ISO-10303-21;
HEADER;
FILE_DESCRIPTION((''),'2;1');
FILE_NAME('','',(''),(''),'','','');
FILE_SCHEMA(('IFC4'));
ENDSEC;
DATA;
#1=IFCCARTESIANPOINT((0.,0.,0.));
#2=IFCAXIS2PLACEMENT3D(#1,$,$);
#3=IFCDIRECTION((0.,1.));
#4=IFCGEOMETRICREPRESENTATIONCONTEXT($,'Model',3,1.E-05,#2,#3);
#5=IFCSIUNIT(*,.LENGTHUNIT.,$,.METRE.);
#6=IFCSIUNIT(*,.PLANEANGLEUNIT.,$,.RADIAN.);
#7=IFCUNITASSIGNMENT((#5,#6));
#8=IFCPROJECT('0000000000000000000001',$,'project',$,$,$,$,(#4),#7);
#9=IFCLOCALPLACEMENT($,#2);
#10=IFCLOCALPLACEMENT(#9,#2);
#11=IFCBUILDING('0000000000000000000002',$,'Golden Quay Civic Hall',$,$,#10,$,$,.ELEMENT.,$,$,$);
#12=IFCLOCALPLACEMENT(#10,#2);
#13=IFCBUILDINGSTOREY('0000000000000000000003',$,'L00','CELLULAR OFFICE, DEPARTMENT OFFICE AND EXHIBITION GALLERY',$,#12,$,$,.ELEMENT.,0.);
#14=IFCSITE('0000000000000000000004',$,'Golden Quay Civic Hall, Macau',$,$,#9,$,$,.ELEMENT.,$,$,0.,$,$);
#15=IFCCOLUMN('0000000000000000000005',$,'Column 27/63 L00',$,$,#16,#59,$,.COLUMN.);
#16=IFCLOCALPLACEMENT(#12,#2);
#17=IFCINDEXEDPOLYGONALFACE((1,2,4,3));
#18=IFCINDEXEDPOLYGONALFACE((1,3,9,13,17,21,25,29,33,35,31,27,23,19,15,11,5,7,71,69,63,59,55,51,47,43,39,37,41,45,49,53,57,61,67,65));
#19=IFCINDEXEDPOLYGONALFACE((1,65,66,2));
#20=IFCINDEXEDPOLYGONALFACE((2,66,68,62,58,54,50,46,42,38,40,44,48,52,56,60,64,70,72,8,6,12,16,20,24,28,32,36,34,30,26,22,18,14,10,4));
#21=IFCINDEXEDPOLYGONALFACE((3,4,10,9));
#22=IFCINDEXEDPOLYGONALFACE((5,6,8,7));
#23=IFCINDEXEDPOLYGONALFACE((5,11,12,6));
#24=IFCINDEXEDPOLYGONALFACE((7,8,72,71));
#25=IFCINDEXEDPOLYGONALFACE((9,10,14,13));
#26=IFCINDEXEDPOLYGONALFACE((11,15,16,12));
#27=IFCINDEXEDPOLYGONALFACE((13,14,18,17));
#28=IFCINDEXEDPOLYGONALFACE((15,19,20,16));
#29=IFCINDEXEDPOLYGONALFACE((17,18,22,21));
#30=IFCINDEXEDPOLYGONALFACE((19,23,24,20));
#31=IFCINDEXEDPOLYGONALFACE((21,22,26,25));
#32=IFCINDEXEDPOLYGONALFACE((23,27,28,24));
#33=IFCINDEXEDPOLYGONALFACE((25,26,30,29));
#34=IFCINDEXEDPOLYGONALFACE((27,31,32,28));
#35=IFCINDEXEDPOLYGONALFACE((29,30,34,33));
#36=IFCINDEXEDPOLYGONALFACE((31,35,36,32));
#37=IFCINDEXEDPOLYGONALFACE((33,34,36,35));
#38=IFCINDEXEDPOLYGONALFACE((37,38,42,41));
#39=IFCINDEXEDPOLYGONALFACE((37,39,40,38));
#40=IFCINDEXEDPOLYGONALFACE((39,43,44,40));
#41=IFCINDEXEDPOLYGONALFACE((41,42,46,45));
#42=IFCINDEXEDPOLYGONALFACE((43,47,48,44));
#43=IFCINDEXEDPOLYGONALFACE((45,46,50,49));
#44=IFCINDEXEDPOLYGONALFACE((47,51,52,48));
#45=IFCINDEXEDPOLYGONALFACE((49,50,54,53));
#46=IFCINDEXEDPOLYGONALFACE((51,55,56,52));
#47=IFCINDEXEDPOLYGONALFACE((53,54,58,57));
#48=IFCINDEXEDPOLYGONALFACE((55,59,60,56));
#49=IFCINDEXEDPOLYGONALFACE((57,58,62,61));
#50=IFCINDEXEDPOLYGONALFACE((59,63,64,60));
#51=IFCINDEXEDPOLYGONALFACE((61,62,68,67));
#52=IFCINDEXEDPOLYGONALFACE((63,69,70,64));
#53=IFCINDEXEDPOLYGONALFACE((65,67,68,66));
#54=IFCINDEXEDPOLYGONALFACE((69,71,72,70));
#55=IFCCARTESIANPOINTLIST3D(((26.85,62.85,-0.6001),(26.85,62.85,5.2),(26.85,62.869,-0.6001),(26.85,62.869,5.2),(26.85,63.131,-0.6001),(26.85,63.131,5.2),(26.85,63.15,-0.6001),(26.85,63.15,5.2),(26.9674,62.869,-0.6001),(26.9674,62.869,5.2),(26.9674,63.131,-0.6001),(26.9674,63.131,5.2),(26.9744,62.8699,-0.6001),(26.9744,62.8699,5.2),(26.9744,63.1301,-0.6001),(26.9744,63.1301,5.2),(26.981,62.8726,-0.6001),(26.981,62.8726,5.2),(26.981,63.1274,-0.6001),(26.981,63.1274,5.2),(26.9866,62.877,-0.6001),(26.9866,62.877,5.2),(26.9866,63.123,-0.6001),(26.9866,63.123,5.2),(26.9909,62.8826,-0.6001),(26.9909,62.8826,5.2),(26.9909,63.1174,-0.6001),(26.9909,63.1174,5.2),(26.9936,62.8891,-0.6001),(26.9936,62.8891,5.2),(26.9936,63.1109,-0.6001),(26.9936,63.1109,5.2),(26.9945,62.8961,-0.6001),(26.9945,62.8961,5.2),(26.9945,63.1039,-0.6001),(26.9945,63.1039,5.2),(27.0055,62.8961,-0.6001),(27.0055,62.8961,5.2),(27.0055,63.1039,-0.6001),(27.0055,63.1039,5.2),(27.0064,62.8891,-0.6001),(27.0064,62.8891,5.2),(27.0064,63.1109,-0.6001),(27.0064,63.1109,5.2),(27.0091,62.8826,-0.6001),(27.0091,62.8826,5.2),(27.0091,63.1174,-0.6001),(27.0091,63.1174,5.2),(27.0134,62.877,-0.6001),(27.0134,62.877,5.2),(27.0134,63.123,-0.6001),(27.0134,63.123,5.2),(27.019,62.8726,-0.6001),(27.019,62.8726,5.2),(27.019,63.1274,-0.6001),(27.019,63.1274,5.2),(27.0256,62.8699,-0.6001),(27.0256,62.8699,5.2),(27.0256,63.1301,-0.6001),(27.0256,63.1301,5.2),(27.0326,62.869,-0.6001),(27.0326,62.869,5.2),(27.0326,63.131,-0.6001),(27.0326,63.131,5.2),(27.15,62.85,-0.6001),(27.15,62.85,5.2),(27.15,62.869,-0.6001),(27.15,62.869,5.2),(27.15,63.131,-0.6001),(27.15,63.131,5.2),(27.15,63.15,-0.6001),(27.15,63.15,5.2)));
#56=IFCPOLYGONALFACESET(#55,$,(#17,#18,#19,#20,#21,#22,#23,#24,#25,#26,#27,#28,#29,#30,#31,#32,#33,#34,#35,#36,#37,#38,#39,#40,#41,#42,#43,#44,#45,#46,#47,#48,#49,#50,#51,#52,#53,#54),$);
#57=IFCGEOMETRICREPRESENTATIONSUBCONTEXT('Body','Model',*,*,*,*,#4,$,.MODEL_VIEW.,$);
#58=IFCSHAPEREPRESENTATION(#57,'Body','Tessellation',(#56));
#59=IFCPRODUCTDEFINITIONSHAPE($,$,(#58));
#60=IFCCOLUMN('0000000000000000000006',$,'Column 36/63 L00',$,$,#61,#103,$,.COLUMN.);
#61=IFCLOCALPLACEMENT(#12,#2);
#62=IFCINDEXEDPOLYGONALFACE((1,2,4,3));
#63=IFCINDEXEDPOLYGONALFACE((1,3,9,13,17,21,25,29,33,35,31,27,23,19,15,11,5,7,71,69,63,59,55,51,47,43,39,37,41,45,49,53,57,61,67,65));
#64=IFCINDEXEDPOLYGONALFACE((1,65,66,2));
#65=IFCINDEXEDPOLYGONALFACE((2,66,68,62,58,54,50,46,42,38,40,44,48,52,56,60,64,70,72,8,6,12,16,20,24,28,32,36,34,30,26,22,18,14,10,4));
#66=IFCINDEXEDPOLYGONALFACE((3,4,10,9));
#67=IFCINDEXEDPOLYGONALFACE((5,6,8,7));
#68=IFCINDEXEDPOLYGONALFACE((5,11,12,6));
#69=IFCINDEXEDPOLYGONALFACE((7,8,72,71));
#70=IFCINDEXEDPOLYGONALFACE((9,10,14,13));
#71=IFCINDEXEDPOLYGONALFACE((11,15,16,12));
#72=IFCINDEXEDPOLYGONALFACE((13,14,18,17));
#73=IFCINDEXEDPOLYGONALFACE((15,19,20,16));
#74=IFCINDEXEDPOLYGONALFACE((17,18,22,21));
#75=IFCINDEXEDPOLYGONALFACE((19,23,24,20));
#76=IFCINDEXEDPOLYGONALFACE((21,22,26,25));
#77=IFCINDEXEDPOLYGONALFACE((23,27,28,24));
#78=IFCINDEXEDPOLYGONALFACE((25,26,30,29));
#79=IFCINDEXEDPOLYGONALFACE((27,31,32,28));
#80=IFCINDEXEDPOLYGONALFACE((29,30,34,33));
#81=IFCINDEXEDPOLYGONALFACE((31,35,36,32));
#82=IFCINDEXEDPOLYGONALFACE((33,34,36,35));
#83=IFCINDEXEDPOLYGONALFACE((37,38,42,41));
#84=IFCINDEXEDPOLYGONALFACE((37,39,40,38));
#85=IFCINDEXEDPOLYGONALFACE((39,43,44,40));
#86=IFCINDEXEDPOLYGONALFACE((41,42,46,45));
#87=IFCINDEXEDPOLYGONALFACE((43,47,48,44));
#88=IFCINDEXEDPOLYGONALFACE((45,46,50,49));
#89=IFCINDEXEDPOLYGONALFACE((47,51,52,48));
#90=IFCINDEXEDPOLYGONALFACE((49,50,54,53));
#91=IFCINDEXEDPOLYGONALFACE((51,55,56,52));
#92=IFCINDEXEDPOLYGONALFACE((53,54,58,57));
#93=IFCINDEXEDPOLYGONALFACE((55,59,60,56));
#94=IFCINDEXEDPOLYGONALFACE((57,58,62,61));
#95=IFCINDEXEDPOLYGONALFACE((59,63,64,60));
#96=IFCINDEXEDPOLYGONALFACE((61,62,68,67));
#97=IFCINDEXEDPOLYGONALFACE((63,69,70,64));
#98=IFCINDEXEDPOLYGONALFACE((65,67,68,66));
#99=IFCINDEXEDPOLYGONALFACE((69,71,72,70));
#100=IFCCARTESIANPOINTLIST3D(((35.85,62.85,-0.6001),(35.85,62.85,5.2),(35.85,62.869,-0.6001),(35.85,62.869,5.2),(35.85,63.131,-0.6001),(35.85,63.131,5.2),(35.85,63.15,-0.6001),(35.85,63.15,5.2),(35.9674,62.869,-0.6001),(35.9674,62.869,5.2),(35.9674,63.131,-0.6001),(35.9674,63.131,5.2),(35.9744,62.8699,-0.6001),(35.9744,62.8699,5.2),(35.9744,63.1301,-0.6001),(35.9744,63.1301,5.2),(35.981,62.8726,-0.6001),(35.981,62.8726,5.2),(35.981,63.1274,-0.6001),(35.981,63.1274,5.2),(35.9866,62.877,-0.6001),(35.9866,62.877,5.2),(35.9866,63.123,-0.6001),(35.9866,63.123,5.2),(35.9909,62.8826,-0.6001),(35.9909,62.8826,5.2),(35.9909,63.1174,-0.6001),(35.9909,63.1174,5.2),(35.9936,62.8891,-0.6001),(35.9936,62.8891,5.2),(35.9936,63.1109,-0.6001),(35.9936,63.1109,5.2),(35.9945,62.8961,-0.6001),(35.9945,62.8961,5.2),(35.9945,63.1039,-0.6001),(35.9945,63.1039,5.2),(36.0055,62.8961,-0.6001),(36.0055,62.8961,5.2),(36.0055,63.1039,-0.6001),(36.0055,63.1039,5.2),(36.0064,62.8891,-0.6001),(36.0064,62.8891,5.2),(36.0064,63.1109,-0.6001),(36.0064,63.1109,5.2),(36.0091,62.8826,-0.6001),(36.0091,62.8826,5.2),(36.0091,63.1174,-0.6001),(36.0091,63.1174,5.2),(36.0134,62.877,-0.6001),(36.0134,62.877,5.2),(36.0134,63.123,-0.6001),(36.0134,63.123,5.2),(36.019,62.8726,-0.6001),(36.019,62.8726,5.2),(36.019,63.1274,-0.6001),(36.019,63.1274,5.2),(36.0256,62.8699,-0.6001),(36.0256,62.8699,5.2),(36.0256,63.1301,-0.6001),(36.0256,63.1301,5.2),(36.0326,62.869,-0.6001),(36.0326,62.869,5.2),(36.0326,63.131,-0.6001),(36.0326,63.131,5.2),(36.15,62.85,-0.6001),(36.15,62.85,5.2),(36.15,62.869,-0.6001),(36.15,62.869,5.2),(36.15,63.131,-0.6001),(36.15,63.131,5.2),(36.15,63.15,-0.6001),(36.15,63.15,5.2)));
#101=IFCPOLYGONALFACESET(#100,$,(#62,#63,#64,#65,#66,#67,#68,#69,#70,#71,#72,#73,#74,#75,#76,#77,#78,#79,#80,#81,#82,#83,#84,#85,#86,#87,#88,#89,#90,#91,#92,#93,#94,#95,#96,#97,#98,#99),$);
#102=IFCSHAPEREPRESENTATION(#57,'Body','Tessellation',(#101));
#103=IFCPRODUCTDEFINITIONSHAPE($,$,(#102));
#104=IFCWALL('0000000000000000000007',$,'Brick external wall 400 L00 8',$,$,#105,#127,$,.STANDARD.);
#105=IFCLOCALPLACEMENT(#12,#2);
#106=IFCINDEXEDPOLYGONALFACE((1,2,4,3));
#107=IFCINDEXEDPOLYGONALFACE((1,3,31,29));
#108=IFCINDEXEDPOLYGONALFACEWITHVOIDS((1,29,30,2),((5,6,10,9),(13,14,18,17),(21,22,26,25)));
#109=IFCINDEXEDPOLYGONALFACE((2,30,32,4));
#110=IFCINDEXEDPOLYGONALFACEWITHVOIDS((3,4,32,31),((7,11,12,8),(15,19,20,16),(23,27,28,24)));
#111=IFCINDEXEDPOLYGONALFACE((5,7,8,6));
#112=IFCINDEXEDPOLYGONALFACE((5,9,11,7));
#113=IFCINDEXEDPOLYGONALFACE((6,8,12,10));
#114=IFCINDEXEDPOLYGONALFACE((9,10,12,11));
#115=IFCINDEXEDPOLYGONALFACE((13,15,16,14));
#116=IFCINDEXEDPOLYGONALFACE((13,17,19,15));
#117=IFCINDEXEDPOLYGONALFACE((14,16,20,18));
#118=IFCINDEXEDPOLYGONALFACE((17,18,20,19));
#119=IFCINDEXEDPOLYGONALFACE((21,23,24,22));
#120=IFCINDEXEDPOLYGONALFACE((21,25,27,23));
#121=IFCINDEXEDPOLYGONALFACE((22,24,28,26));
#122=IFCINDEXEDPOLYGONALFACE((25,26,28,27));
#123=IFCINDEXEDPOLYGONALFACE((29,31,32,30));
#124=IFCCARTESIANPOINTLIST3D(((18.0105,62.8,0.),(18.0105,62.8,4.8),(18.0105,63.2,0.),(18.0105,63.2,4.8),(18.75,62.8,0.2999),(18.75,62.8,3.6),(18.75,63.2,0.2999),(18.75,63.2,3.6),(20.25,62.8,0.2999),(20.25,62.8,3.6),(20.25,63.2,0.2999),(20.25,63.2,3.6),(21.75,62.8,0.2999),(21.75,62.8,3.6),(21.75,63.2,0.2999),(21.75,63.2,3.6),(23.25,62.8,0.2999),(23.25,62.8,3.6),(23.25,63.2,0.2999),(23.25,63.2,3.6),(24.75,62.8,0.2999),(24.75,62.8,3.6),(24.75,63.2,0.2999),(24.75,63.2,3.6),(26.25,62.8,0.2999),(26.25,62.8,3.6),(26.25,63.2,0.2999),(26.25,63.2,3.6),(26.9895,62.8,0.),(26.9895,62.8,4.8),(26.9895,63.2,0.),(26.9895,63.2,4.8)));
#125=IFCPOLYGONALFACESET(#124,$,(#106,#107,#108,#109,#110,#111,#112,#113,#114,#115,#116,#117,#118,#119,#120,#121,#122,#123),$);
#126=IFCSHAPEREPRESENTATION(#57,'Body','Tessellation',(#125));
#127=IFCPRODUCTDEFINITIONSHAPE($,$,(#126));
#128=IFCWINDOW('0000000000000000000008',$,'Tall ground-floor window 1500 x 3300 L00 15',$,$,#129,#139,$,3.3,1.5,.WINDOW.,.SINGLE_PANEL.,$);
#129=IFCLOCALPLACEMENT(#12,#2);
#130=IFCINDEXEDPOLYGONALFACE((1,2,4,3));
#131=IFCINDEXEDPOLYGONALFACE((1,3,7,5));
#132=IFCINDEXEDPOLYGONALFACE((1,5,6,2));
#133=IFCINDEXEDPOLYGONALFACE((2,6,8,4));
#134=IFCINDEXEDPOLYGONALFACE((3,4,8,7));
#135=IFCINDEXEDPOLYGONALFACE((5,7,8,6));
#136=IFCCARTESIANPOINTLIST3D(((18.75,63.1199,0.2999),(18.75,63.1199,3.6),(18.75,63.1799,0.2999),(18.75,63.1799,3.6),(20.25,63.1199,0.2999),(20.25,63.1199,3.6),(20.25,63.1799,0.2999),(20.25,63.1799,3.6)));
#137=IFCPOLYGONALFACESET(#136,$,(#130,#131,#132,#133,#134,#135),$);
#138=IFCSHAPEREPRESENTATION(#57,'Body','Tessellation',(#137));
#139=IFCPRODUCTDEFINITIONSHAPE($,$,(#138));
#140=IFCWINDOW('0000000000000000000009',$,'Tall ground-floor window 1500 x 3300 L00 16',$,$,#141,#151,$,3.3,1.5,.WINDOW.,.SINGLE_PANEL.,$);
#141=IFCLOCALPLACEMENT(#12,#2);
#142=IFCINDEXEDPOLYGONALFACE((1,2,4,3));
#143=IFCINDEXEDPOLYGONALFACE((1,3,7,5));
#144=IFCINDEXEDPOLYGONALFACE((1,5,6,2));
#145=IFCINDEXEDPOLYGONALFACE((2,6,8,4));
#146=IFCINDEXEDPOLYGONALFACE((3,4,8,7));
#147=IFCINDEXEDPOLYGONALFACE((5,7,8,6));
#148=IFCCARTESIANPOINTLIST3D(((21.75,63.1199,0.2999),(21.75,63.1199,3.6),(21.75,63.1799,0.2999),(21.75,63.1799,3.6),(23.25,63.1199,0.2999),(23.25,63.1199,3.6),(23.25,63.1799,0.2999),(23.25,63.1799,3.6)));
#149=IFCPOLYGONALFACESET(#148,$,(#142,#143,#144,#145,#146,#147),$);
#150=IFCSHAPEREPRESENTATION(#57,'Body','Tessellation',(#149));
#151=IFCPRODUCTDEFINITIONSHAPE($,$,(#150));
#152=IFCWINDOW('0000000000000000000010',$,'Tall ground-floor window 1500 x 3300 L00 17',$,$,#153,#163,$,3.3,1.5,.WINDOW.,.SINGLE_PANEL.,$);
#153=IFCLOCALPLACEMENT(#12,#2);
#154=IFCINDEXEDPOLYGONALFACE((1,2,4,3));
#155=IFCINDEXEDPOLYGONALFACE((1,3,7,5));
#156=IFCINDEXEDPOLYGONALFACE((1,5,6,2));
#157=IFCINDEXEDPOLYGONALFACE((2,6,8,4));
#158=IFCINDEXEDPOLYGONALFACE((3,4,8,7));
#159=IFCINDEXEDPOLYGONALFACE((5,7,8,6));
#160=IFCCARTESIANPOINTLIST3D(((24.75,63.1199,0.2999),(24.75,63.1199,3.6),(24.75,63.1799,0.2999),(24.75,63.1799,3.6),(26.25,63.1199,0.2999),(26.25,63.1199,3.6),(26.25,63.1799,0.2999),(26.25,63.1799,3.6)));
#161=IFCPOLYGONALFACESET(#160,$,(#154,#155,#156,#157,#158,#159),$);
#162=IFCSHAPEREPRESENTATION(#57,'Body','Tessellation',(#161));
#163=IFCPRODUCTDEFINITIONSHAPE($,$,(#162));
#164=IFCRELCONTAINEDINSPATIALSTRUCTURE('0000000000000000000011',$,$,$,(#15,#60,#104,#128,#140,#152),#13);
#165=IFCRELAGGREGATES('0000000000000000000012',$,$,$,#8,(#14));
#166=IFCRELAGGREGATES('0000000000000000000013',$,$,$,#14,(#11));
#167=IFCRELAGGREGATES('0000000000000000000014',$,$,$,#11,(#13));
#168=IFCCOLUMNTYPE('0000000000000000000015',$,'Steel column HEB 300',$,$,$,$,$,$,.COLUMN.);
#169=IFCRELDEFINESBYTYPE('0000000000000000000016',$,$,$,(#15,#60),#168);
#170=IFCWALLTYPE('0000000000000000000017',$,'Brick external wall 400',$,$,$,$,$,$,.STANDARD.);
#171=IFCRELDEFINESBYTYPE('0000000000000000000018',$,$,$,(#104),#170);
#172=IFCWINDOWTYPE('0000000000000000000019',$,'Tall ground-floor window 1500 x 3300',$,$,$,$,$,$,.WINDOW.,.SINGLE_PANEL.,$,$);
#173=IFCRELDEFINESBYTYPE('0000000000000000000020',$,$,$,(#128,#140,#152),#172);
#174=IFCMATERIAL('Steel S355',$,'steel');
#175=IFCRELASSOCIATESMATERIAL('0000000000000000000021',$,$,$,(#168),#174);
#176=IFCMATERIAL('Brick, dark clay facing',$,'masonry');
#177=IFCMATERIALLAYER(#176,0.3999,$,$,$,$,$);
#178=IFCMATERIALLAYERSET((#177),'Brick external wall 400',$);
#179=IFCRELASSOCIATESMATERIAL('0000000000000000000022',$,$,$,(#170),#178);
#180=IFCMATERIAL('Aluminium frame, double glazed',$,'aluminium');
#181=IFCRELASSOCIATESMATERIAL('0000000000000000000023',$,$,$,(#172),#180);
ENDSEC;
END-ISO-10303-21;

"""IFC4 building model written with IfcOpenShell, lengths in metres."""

from ifc_helpers import new_model, si_unit, direction, frame, frame_2d, origin, origin_2d, place, context, subcontext, project, spatial, rectangle, i_section, extrude, material, layer, layer_set, material_profile, profile_set, type_object, element, fill, save


model = new_model("IFC4")

# Units and contexts
model_context = context("Model", 3, precision=1e-05, world=origin(), true_north=direction((0.0, 1.0)))
body_context = subcontext(model_context, "Body", "Model", "MODEL_VIEW")
ifc_project = project(units=[si_unit("LENGTHUNIT", "METRE"), si_unit("PLANEANGLEUNIT", "RADIAN")], contexts=[model_context])

# Site, building, storey
site_placement = place(None, origin())
site = spatial("IfcSite", under=ifc_project, at=site_placement, Name="Golden Quay Civic Hall, Macau", CompositionType="ELEMENT", RefElevation=0.0)
building_placement = place(site_placement, origin())
building = spatial("IfcBuilding", under=site, at=building_placement, Name="Golden Quay Civic Hall", CompositionType="ELEMENT")
storey_placement = place(building_placement, origin())
storey = spatial("IfcBuildingStorey", under=building, at=storey_placement, Name="L00", Description="CELLULAR OFFICE, DEPARTMENT OFFICE AND EXHIBITION GALLERY", CompositionType="ELEMENT", Elevation=0.0)

# Columns
ifc_material_1 = material(Name="Steel S355", Category="steel")
ifc_material_profile_1 = material_profile(ifc_material_1, i_section(OverallWidth=0.3, OverallDepth=0.3, WebThickness=0.011, FlangeThickness=0.019, FilletRadius=0.0271, at=origin_2d()), Name="HEB 300")
ifc_profile_set_1 = profile_set([ifc_material_profile_1], Name="Steel S355")
column_type = type_object("IfcColumnType", Name="Steel column HEB 300", PredefinedType="COLUMN", material=ifc_profile_set_1)
for number, where, z_axis, x_axis, name in (
    (1, (27.0, 63.0, -0.6001), (0.0, 0.0, 1.0), (1.0, 0.0, 0.0), "Column 27/63 L00"),
    (2, (36.0, 63.0, -0.6001), (0.0, 0.0, 1.0), (1.0, 0.0, 0.0), "Column 36/63 L00"),
):
    element("IfcColumn", number, at=place(storey_placement, frame(where, z_axis=z_axis, x_axis=x_axis)), inside=storey, type_object=column_type, Name=name, PredefinedType="COLUMN", context=body_context, shape_type="SweptSolid", body=[
        extrude(i_section(OverallWidth=0.3, OverallDepth=0.3, WebThickness=0.011, FlangeThickness=0.019, FilletRadius=0.0271, at=origin_2d()), origin(), (0.0, 0.0, 1.0), 5.8),
    ])

# Wall, openings, windows
ifc_material_2 = material(Name="Brick, dark clay facing", Category="masonry")
ifc_layer_1 = layer(ifc_material_2, 0.3999)
ifc_layer_set_1 = layer_set([ifc_layer_1], Name="Brick external wall 400")
wall_type_1 = type_object("IfcWallType", Name="Brick external wall 400", PredefinedType="STANDARD", material=ifc_layer_set_1)
wall_1_placement = place(storey_placement, frame((26.9895, 63.0, 0.0), z_axis=(0.0, 0.0, 1.0), x_axis=(-1.0, 0.0, 0.0)))
wall_1 = element("IfcWall", 3, at=wall_1_placement, inside=storey, type_object=wall_type_1, Name="Brick external wall 400 L00 8", PredefinedType="STANDARD", context=body_context, shape_type="SweptSolid", body=[
    extrude(rectangle(XDim=8.979, YDim=0.3999, at=frame_2d((4.4895, 0.0))), origin(), (0.0, 0.0, 1.0), 4.8),
])
opening_1_placement = place(wall_1_placement, frame((6.7395, 0.0, 0.3)))
opening_1 = element("IfcOpeningElement", 4, at=opening_1_placement, cuts=wall_1, PredefinedType="OPENING", context=body_context, shape_type="SweptSolid", body=[
    extrude(rectangle(XDim=1.5, YDim=3.3, at=frame_2d((0.75, 1.6499))), frame((0.0, 0.21, 0.0), z_axis=(0.0, -1.0, 0.0), x_axis=(1.0, 0.0, 0.0)), (0.0, 0.0, 1.0), 0.4199),
])
opening_2_placement = place(wall_1_placement, frame((3.7395, 0.0, 0.3)))
opening_2 = element("IfcOpeningElement", 5, at=opening_2_placement, cuts=wall_1, PredefinedType="OPENING", context=body_context, shape_type="SweptSolid", body=[
    extrude(rectangle(XDim=1.5, YDim=3.3, at=frame_2d((0.75, 1.6499))), frame((0.0, 0.21, 0.0), z_axis=(0.0, -1.0, 0.0), x_axis=(1.0, 0.0, 0.0)), (0.0, 0.0, 1.0), 0.4199),
])
opening_3_placement = place(wall_1_placement, frame((0.7395, 0.0, 0.3)))
opening_3 = element("IfcOpeningElement", 6, at=opening_3_placement, cuts=wall_1, PredefinedType="OPENING", context=body_context, shape_type="SweptSolid", body=[
    extrude(rectangle(XDim=1.5, YDim=3.3, at=frame_2d((0.75, 1.6499))), frame((0.0, 0.21, 0.0), z_axis=(0.0, -1.0, 0.0), x_axis=(1.0, 0.0, 0.0)), (0.0, 0.0, 1.0), 0.4199),
])
ifc_material_3 = material(Name="Aluminium frame, double glazed", Category="aluminium")
window_type_1 = type_object("IfcWindowType", Name="Tall ground-floor window 1500 x 3300", PartitioningType="SINGLE_PANEL", PredefinedType="WINDOW", material=ifc_material_3)
window_1_placement = place(opening_1_placement, origin())
window_1 = element("IfcWindow", 7, at=window_1_placement, inside=storey, type_object=window_type_1, Name="Tall ground-floor window 1500 x 3300 L00 15", OverallHeight=3.3, OverallWidth=1.5, PartitioningType="SINGLE_PANEL", PredefinedType="WINDOW", context=body_context, shape_type="SweptSolid", body=[
    extrude(rectangle(XDim=1.5, YDim=3.3, at=frame_2d((0.75, 1.6499))), frame((0.0, -0.1199, 0.0), z_axis=(0.0, -1.0, 0.0), x_axis=(1.0, 0.0, 0.0)), (0.0, 0.0, 1.0), 0.0601),
])
fill(opening_1, window_1)
window_2_placement = place(opening_2_placement, origin())
window_2 = element("IfcWindow", 8, at=window_2_placement, inside=storey, type_object=window_type_1, Name="Tall ground-floor window 1500 x 3300 L00 16", OverallHeight=3.3, OverallWidth=1.5, PartitioningType="SINGLE_PANEL", PredefinedType="WINDOW", context=body_context, shape_type="SweptSolid", body=[
    extrude(rectangle(XDim=1.5, YDim=3.3, at=frame_2d((0.75, 1.6499))), frame((0.0, -0.1199, 0.0), z_axis=(0.0, -1.0, 0.0), x_axis=(1.0, 0.0, 0.0)), (0.0, 0.0, 1.0), 0.0601),
])
fill(opening_2, window_2)
window_3_placement = place(opening_3_placement, origin())
window_3 = element("IfcWindow", 9, at=window_3_placement, inside=storey, type_object=window_type_1, Name="Tall ground-floor window 1500 x 3300 L00 17", OverallHeight=3.3, OverallWidth=1.5, PartitioningType="SINGLE_PANEL", PredefinedType="WINDOW", context=body_context, shape_type="SweptSolid", body=[
    extrude(rectangle(XDim=1.5, YDim=3.3, at=frame_2d((0.75, 1.6499))), frame((0.0, -0.1199, 0.0), z_axis=(0.0, -1.0, 0.0), x_axis=(1.0, 0.0, 0.0)), (0.0, 0.0, 1.0), 0.0601),
])
fill(opening_3, window_3)

save(model, "model.ifc")
